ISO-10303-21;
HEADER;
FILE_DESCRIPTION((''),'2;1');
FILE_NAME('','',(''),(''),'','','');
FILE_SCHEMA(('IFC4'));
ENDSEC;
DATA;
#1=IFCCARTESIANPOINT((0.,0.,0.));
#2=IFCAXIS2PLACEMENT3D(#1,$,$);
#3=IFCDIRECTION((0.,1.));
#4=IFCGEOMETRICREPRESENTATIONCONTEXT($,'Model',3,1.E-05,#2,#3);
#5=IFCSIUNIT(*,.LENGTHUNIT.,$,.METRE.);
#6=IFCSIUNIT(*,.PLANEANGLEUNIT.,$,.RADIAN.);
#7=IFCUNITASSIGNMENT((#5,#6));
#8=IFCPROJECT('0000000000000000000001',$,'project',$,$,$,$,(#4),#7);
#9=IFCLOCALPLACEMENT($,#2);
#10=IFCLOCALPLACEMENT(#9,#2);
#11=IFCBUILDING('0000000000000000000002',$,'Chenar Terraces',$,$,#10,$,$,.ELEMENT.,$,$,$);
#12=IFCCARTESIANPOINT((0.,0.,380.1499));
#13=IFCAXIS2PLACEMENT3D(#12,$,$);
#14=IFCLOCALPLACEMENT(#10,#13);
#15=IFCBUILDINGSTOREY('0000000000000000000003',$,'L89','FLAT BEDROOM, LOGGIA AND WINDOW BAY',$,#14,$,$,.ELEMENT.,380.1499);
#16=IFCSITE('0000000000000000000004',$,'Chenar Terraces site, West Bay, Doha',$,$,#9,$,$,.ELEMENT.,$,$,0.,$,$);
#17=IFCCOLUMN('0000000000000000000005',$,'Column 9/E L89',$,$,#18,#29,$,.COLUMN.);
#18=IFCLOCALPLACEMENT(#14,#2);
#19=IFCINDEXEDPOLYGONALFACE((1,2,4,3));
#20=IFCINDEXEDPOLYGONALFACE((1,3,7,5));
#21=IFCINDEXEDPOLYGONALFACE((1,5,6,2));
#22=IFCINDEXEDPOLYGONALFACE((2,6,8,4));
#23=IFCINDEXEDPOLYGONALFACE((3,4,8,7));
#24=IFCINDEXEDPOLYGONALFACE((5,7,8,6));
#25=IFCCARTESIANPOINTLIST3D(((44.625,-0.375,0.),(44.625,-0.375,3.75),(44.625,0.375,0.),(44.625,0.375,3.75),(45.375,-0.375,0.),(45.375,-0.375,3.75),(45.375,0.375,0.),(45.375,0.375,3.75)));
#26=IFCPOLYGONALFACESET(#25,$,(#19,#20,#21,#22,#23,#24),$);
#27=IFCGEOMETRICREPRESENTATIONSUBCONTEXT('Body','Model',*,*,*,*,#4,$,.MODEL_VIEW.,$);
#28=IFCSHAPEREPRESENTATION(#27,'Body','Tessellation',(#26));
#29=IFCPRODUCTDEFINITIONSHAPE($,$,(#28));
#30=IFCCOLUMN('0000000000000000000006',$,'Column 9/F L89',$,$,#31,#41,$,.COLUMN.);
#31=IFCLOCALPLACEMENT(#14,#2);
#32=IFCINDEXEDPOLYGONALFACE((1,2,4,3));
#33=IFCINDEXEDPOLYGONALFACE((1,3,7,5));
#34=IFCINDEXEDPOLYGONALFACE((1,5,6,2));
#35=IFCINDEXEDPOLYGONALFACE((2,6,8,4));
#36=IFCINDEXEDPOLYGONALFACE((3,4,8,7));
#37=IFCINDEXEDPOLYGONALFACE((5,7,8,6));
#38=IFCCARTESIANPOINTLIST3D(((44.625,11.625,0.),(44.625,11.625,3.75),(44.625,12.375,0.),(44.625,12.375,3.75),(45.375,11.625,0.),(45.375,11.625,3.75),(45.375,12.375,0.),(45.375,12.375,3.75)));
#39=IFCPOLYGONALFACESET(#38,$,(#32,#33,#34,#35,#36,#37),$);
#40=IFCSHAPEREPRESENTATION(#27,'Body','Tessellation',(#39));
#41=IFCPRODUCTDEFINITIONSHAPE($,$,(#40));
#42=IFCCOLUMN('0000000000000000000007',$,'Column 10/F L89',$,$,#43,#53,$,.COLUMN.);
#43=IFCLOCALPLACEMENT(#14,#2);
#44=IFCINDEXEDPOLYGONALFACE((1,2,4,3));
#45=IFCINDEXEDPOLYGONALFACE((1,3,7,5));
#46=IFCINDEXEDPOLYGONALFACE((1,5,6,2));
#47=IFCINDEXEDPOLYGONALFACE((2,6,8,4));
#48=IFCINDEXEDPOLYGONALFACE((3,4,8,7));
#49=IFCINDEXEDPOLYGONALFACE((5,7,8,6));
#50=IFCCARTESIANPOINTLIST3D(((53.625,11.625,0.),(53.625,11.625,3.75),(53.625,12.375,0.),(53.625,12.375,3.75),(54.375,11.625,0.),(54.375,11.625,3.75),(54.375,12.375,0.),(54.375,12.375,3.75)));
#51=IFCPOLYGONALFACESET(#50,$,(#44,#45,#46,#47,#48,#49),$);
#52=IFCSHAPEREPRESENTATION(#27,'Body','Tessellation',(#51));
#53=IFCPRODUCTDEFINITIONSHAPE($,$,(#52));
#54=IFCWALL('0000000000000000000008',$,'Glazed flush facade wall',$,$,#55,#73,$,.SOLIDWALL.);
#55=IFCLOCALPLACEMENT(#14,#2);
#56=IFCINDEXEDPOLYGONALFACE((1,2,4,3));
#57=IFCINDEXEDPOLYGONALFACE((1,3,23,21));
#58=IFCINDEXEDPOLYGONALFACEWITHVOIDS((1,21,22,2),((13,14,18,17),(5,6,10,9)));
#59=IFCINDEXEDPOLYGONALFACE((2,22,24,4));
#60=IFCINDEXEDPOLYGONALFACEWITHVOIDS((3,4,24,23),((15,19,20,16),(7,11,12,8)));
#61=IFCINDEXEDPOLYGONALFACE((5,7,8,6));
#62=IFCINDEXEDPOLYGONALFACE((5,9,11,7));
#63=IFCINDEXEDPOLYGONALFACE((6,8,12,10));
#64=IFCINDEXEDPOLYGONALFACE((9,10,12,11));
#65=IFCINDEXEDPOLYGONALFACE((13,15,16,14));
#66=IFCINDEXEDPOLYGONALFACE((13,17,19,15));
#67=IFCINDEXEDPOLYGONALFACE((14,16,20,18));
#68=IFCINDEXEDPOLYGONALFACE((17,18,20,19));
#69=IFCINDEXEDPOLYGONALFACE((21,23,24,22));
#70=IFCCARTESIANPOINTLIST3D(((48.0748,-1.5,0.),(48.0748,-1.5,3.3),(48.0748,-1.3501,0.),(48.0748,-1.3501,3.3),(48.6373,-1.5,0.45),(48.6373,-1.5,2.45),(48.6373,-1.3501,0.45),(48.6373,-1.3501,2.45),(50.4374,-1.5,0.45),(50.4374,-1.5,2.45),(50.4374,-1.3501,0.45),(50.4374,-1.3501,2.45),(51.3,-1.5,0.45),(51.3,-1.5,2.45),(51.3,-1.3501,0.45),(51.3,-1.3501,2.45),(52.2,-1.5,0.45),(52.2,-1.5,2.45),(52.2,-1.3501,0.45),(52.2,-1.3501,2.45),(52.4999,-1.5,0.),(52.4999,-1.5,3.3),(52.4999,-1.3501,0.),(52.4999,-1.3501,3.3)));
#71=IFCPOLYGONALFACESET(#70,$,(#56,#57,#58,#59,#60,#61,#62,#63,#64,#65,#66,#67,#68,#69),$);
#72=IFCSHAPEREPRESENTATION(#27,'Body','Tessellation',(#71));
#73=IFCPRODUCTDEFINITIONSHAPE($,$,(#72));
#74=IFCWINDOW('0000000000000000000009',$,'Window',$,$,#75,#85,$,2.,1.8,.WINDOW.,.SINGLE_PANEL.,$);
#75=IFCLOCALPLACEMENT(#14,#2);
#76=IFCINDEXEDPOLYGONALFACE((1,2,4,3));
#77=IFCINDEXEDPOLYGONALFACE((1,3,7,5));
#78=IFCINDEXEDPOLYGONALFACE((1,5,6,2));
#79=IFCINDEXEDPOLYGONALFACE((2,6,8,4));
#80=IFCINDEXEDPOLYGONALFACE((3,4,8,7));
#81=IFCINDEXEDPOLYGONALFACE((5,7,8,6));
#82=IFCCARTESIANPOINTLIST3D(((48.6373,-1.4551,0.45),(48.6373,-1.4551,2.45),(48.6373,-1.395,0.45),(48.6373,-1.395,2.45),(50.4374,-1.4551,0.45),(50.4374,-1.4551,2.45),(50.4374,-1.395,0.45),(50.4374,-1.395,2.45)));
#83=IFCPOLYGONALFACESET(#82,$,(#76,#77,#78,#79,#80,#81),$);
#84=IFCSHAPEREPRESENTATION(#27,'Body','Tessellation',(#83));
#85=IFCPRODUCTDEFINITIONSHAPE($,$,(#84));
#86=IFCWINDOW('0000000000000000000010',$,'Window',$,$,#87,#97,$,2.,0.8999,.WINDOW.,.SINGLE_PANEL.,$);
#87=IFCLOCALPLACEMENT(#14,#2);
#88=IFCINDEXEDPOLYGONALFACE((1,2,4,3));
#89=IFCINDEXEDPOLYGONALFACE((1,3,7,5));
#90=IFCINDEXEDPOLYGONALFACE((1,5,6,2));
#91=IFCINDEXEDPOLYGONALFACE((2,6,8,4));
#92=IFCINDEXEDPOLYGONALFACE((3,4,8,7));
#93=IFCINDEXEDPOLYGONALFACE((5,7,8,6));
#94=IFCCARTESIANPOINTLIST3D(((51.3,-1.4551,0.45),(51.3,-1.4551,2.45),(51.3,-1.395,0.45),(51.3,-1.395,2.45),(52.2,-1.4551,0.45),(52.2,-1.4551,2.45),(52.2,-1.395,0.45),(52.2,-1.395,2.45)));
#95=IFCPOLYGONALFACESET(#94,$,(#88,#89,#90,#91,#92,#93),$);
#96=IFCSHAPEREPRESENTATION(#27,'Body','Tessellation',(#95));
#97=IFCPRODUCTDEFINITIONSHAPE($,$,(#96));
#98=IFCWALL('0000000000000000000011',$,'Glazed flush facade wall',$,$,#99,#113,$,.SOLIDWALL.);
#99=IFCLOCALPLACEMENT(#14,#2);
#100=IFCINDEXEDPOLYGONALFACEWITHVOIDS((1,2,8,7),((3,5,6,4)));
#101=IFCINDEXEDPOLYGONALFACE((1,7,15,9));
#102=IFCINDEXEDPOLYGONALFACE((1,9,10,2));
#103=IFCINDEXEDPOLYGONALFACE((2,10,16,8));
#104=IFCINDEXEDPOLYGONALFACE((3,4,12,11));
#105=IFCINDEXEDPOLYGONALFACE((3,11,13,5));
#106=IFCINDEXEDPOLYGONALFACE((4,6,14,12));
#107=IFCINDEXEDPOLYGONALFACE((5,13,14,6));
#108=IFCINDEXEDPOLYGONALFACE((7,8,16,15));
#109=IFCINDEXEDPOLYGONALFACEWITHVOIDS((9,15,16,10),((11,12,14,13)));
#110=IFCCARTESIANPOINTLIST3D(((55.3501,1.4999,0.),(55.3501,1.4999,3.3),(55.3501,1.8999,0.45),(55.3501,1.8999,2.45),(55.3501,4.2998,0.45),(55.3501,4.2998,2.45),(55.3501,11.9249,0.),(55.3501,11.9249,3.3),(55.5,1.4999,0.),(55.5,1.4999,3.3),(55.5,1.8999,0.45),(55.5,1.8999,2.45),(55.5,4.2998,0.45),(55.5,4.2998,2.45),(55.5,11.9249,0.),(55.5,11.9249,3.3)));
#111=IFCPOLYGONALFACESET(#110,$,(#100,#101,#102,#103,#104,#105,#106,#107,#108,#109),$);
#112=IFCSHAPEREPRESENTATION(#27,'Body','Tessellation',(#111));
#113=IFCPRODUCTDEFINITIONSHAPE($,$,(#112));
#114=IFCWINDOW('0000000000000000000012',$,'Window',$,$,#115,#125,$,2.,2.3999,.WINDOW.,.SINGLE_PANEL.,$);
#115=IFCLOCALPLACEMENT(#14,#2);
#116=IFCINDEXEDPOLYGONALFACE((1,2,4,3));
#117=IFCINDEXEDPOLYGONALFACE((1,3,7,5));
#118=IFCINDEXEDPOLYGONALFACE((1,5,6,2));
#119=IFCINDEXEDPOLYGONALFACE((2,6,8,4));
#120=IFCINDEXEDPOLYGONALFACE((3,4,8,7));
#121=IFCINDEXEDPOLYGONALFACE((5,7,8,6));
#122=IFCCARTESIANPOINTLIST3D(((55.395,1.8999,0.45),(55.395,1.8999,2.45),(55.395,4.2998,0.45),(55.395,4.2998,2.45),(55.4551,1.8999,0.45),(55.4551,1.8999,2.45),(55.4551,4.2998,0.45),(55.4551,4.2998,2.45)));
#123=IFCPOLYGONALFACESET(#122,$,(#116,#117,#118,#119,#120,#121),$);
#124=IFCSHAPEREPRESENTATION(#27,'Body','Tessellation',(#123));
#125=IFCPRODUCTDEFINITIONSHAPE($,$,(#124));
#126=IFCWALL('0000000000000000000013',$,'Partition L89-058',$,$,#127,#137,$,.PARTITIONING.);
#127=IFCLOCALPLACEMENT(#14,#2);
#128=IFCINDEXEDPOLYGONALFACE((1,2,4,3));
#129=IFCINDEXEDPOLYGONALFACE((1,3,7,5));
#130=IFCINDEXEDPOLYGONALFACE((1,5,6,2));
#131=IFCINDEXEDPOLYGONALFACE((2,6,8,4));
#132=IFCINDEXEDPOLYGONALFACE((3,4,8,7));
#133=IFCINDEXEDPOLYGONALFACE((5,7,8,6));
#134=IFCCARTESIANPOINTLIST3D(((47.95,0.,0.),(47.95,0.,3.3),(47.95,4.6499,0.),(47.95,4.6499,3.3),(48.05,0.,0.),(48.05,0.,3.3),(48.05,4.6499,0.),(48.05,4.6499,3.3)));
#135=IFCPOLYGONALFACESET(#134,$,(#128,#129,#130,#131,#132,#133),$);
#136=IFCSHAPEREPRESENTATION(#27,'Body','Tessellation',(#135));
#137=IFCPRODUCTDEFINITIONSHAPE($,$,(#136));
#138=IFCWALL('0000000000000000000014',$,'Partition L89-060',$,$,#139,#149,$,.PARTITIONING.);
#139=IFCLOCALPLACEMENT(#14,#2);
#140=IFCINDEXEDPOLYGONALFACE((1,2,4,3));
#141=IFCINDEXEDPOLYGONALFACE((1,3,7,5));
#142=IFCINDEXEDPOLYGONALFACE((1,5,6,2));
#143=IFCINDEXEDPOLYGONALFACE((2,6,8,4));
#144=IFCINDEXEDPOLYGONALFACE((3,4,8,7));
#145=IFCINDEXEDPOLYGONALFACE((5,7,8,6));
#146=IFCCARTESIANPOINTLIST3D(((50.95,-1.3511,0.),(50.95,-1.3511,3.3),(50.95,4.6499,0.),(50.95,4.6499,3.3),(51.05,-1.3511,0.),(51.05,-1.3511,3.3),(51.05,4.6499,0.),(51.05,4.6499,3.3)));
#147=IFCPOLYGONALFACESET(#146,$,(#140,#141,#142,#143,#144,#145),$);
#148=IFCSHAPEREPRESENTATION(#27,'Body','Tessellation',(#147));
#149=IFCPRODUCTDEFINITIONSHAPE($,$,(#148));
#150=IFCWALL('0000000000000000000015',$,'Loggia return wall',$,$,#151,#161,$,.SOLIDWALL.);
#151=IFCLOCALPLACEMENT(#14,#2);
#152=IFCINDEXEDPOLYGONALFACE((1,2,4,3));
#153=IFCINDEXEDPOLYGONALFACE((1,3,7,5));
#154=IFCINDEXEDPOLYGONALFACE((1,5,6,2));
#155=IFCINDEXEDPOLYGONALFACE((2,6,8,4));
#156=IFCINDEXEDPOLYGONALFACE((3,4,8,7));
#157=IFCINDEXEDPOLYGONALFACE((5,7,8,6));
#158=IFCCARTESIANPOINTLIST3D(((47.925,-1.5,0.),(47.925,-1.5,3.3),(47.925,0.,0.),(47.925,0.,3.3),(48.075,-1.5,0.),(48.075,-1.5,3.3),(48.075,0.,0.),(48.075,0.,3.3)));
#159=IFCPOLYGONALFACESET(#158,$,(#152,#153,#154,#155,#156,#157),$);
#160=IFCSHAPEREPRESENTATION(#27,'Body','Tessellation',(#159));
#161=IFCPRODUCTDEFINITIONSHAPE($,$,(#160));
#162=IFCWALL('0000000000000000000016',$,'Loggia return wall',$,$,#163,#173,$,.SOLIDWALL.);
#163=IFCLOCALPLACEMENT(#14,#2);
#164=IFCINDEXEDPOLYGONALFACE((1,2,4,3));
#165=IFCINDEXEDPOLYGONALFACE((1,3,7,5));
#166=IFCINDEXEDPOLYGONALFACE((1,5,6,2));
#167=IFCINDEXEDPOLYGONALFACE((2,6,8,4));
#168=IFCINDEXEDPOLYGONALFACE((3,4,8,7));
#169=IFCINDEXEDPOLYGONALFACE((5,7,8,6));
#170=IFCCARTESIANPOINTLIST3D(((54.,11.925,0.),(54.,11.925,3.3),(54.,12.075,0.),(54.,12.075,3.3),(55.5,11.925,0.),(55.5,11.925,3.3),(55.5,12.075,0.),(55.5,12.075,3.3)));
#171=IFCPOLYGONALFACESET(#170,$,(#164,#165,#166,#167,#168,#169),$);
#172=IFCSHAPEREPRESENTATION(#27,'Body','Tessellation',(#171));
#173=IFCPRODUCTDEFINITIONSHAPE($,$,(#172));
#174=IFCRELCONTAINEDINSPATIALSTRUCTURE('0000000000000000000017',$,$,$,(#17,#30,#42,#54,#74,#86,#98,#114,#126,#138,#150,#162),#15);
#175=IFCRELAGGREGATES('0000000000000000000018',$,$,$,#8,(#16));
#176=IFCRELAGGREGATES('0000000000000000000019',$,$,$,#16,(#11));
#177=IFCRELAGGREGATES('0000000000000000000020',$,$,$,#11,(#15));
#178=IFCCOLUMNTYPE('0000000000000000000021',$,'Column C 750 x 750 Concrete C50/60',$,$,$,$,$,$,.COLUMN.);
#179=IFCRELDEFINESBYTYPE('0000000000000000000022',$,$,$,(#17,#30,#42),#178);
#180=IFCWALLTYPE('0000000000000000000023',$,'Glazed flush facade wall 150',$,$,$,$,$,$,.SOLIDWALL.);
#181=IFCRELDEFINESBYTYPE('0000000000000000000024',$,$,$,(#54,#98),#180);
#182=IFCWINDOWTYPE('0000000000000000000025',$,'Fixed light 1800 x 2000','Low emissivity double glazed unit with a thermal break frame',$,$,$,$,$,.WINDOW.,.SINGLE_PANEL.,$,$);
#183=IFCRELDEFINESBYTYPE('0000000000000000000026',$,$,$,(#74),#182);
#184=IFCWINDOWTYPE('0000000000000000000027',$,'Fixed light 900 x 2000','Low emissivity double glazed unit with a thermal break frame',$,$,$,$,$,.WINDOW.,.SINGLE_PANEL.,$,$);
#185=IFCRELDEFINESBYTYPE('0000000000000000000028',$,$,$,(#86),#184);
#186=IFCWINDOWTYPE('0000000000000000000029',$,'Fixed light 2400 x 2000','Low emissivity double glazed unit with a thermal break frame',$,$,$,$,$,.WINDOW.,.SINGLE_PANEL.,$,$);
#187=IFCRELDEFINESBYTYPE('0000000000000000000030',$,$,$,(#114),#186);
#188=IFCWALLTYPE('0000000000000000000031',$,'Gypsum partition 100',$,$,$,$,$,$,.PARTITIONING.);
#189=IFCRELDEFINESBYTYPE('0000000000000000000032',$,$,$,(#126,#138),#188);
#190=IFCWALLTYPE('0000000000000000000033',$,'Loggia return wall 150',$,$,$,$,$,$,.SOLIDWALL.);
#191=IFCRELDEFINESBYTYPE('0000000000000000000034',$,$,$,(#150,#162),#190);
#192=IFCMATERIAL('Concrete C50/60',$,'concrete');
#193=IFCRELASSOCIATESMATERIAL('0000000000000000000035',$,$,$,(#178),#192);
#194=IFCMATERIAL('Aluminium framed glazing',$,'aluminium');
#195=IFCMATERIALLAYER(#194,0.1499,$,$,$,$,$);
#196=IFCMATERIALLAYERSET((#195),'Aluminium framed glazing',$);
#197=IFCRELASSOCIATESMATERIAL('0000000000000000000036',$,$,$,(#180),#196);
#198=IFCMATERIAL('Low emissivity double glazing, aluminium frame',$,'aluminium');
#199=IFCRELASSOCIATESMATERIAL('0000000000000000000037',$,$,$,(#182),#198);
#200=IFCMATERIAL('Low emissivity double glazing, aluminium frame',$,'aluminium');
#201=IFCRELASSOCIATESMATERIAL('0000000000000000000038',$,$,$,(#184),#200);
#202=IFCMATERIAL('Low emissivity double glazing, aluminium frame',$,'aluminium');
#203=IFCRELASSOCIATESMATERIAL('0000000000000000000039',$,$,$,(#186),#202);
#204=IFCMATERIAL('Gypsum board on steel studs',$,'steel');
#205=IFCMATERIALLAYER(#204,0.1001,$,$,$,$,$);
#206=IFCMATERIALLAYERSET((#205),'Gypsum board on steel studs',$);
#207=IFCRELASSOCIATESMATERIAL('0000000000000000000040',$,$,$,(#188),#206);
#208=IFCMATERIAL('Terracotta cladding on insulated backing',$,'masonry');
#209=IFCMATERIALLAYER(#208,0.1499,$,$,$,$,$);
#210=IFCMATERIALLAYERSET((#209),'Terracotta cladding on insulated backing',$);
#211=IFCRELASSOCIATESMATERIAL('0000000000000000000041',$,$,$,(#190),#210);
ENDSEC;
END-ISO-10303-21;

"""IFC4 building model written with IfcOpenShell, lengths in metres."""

from ifc_helpers import new_model, si_unit, direction, frame, frame_2d, origin, origin_2d, place, context, subcontext, project, spatial, rectangle, extrude, material, layer, layer_set, material_profile, profile_set, type_object, element, fill, save


model = new_model("IFC4")

# Units and contexts
model_context = context("Model", 3, precision=1e-05, world=origin(), true_north=direction((0.0, 1.0)))
body_context = subcontext(model_context, "Body", "Model", "MODEL_VIEW")
ifc_project = project(units=[si_unit("LENGTHUNIT", "METRE"), si_unit("PLANEANGLEUNIT", "RADIAN")], contexts=[model_context])

# Site, building, storey
site_placement = place(None, origin())
site = spatial("IfcSite", under=ifc_project, at=site_placement, Name="Chenar Terraces site, West Bay, Doha", CompositionType="ELEMENT", RefElevation=0.0)
building_placement = place(site_placement, origin())
building = spatial("IfcBuilding", under=site, at=building_placement, Name="Chenar Terraces", CompositionType="ELEMENT")
storey_placement = place(building_placement, frame((0.0, 0.0, 380.1499)))
storey = spatial("IfcBuildingStorey", under=building, at=storey_placement, Name="L89", Description="FLAT BEDROOM, LOGGIA AND WINDOW BAY", CompositionType="ELEMENT", Elevation=380.1499)

# Columns
ifc_material_1 = material(Name="Concrete C50/60", Category="concrete")
ifc_material_profile = material_profile(ifc_material_1, rectangle(XDim=0.75, YDim=0.75, at=origin_2d()), Name="C 750 x 750")
ifc_profile_set = profile_set([ifc_material_profile], Name="Concrete C50/60")
column_type = type_object("IfcColumnType", Name="Column C 750 x 750 Concrete C50/60", PredefinedType="COLUMN", material=ifc_profile_set)
for number, where, z_axis, x_axis, name in (
    (1, (45.0, 0.0, 0.0), (0.0, 0.0, 1.0), (1.0, 0.0, 0.0), "Column 9/E L89"),
    (2, (45.0, 12.0, 0.0), (0.0, 0.0, 1.0), (1.0, 0.0, 0.0), "Column 9/F L89"),
    (3, (54.0, 12.0, 0.0), (0.0, 0.0, 1.0), (1.0, 0.0, 0.0), "Column 10/F L89"),
):
    element("IfcColumn", number, at=place(storey_placement, frame(where, z_axis=z_axis, x_axis=x_axis)), inside=storey, type_object=column_type, Name=name, PredefinedType="COLUMN", context=body_context, shape_type="SweptSolid", body=[
        extrude(rectangle(XDim=0.75, YDim=0.75, at=origin_2d()), origin(), (0.0, 0.0, 1.0), 3.75),
    ])

# Wall, openings, windows
ifc_material_2 = material(Name="Aluminium framed glazing", Category="aluminium")
ifc_layer_1 = layer(ifc_material_2, 0.1499)
ifc_layer_set_1 = layer_set([ifc_layer_1], Name="Aluminium framed glazing")
wall_type_1 = type_object("IfcWallType", Name="Glazed flush facade wall 150", PredefinedType="SOLIDWALL", material=ifc_layer_set_1)
wall_1_placement = place(storey_placement, frame((48.075, -1.425, 0.0), z_axis=(0.0, 0.0, 1.0), x_axis=(1.0, 0.0, 0.0)))
wall_1 = element("IfcWall", 4, at=wall_1_placement, inside=storey, type_object=wall_type_1, Name="Glazed flush facade wall", PredefinedType="SOLIDWALL", context=body_context, shape_type="SweptSolid", body=[
    extrude(rectangle(XDim=4.425, YDim=0.1499, at=frame_2d((2.2124, 0.0))), origin(), (0.0, 0.0, 1.0), 3.3),
])
opening_1_placement = place(wall_1_placement, frame((0.5625, 0.0, 0.45)))
opening_1 = element("IfcOpeningElement", 5, at=opening_1_placement, cuts=wall_1, PredefinedType="OPENING", context=body_context, shape_type="SweptSolid", body=[
    extrude(rectangle(XDim=1.8, YDim=2.0, at=frame_2d((0.8999, 1.0))), frame((0.0, 0.085, 0.0), z_axis=(0.0, -1.0, 0.0), x_axis=(1.0, 0.0, 0.0)), (0.0, 0.0, 1.0), 0.1699),
])
opening_2_placement = place(wall_1_placement, frame((3.2251, 0.0, 0.45)))
opening_2 = element("IfcOpeningElement", 6, at=opening_2_placement, cuts=wall_1, PredefinedType="OPENING", context=body_context, shape_type="SweptSolid", body=[
    extrude(rectangle(XDim=0.8999, YDim=2.0, at=frame_2d((0.45, 1.0))), frame((0.0, 0.085, 0.0), z_axis=(0.0, -1.0, 0.0), x_axis=(1.0, 0.0, 0.0)), (0.0, 0.0, 1.0), 0.1699),
])
ifc_material_3 = material(Name="Low emissivity double glazing, aluminium frame", Category="aluminium")
window_type_1 = type_object("IfcWindowType", Name="Fixed light 1800 x 2000", Description="Low emissivity double glazed unit with a thermal break frame", PartitioningType="SINGLE_PANEL", PredefinedType="WINDOW", material=ifc_material_3)
window_1_placement = place(opening_1_placement, origin())
window_1 = element("IfcWindow", 7, at=window_1_placement, inside=storey, type_object=window_type_1, Name="Window", OverallHeight=2.0, OverallWidth=1.8, PartitioningType="SINGLE_PANEL", PredefinedType="WINDOW", context=body_context, shape_type="SweptSolid", body=[
    extrude(rectangle(XDim=1.8, YDim=2.0, at=frame_2d((0.8999, 1.0))), frame((0.0, 0.03, 0.0), z_axis=(0.0, -1.0, 0.0), x_axis=(1.0, 0.0, 0.0)), (0.0, 0.0, 1.0), 0.0601),
])
fill(opening_1, window_1)
ifc_material_4 = material(Name="Low emissivity double glazing, aluminium frame", Category="aluminium")
window_type_2 = type_object("IfcWindowType", Name="Fixed light 900 x 2000", Description="Low emissivity double glazed unit with a thermal break frame", PartitioningType="SINGLE_PANEL", PredefinedType="WINDOW", material=ifc_material_4)
window_2_placement = place(opening_2_placement, origin())
window_2 = element("IfcWindow", 8, at=window_2_placement, inside=storey, type_object=window_type_2, Name="Window", OverallHeight=2.0, OverallWidth=0.8999, PartitioningType="SINGLE_PANEL", PredefinedType="WINDOW", context=body_context, shape_type="SweptSolid", body=[
    extrude(rectangle(XDim=0.8999, YDim=2.0, at=frame_2d((0.45, 1.0))), frame((0.0, 0.03, 0.0), z_axis=(0.0, -1.0, 0.0), x_axis=(1.0, 0.0, 0.0)), (0.0, 0.0, 1.0), 0.0601),
])
fill(opening_2, window_2)

# Wall, opening, window
wall_2_placement = place(storey_placement, frame((55.425, 1.5, 0.0), z_axis=(0.0, 0.0, 1.0), x_axis=(0.0, 1.0, 0.0)))
wall_2 = element("IfcWall", 9, at=wall_2_placement, inside=storey, type_object=wall_type_1, Name="Glazed flush facade wall", PredefinedType="SOLIDWALL", context=body_context, shape_type="SweptSolid", body=[
    extrude(rectangle(XDim=10.425, YDim=0.1499, at=frame_2d((5.2124, 0.0))), origin(), (0.0, 0.0, 1.0), 3.3),
])
opening_3_placement = place(wall_2_placement, frame((0.3999, 0.0, 0.45)))
opening_3 = element("IfcOpeningElement", 10, at=opening_3_placement, cuts=wall_2, PredefinedType="OPENING", context=body_context, shape_type="SweptSolid", body=[
    extrude(rectangle(XDim=2.3999, YDim=2.0, at=frame_2d((1.2, 1.0))), frame((0.0, 0.085, 0.0), z_axis=(0.0, -1.0, 0.0), x_axis=(1.0, 0.0, 0.0)), (0.0, 0.0, 1.0), 0.1699),
])
ifc_material_5 = material(Name="Low emissivity double glazing, aluminium frame", Category="aluminium")
window_type_3 = type_object("IfcWindowType", Name="Fixed light 2400 x 2000", Description="Low emissivity double glazed unit with a thermal break frame", PartitioningType="SINGLE_PANEL", PredefinedType="WINDOW", material=ifc_material_5)
window_3_placement = place(opening_3_placement, origin())
window_3 = element("IfcWindow", 11, at=window_3_placement, inside=storey, type_object=window_type_3, Name="Window", OverallHeight=2.0, OverallWidth=2.3999, PartitioningType="SINGLE_PANEL", PredefinedType="WINDOW", context=body_context, shape_type="SweptSolid", body=[
    extrude(rectangle(XDim=2.3999, YDim=2.0, at=frame_2d((1.2, 1.0))), frame((0.0, 0.03, 0.0), z_axis=(0.0, -1.0, 0.0), x_axis=(1.0, 0.0, 0.0)), (0.0, 0.0, 1.0), 0.0601),
])
fill(opening_3, window_3)

# Walls
ifc_material_6 = material(Name="Gypsum board on steel studs", Category="steel")
ifc_layer_2 = layer(ifc_material_6, 0.1001)
ifc_layer_set_2 = layer_set([ifc_layer_2], Name="Gypsum board on steel studs")
wall_type_2 = type_object("IfcWallType", Name="Gypsum partition 100", PredefinedType="PARTITIONING", material=ifc_layer_set_2)
wall_3_placement = place(storey_placement, frame((48.0, 0.0, 0.0), z_axis=(0.0, 0.0, 1.0), x_axis=(0.0, 1.0, 0.0)))
element("IfcWall", 12, at=wall_3_placement, inside=storey, type_object=wall_type_2, Name="Partition L89-058", PredefinedType="PARTITIONING", context=body_context, shape_type="SweptSolid", body=[
    extrude(rectangle(XDim=4.6499, YDim=0.1001, at=frame_2d((2.325, 0.0))), origin(), (0.0, 0.0, 1.0), 3.3),
])
wall_4_placement = place(storey_placement, frame((51.0, -1.3511, 0.0), z_axis=(0.0, 0.0, 1.0), x_axis=(0.0, 1.0, 0.0)))
element("IfcWall", 13, at=wall_4_placement, inside=storey, type_object=wall_type_2, Name="Partition L89-060", PredefinedType="PARTITIONING", context=body_context, shape_type="SweptSolid", body=[
    extrude(rectangle(XDim=6.001, YDim=0.1001, at=frame_2d((3.0005, 0.0))), origin(), (0.0, 0.0, 1.0), 3.3),
])
ifc_material_7 = material(Name="Terracotta cladding on insulated backing", Category="masonry")
ifc_layer_3 = layer(ifc_material_7, 0.1499)
ifc_layer_set_3 = layer_set([ifc_layer_3], Name="Terracotta cladding on insulated backing")
wall_type_3 = type_object("IfcWallType", Name="Loggia return wall 150", PredefinedType="SOLIDWALL", material=ifc_layer_set_3)
for number, where, z_axis, x_axis, name in (
    (14, (48.0, -1.5, 0.0), (0.0, 0.0, 1.0), (0.0, 1.0, 0.0), "Loggia return wall"),
    (15, (55.5, 12.0, 0.0), (0.0, 0.0, 1.0), (-1.0, 0.0, 0.0), "Loggia return wall"),
):
    element("IfcWall", number, at=place(storey_placement, frame(where, z_axis=z_axis, x_axis=x_axis)), inside=storey, type_object=wall_type_3, Name=name, PredefinedType="SOLIDWALL", context=body_context, shape_type="SweptSolid", body=[
        extrude(rectangle(XDim=1.5, YDim=0.1499, at=frame_2d((0.75, 0.0))), origin(), (0.0, 0.0, 1.0), 3.3),
    ])

save(model, "model.ifc")
